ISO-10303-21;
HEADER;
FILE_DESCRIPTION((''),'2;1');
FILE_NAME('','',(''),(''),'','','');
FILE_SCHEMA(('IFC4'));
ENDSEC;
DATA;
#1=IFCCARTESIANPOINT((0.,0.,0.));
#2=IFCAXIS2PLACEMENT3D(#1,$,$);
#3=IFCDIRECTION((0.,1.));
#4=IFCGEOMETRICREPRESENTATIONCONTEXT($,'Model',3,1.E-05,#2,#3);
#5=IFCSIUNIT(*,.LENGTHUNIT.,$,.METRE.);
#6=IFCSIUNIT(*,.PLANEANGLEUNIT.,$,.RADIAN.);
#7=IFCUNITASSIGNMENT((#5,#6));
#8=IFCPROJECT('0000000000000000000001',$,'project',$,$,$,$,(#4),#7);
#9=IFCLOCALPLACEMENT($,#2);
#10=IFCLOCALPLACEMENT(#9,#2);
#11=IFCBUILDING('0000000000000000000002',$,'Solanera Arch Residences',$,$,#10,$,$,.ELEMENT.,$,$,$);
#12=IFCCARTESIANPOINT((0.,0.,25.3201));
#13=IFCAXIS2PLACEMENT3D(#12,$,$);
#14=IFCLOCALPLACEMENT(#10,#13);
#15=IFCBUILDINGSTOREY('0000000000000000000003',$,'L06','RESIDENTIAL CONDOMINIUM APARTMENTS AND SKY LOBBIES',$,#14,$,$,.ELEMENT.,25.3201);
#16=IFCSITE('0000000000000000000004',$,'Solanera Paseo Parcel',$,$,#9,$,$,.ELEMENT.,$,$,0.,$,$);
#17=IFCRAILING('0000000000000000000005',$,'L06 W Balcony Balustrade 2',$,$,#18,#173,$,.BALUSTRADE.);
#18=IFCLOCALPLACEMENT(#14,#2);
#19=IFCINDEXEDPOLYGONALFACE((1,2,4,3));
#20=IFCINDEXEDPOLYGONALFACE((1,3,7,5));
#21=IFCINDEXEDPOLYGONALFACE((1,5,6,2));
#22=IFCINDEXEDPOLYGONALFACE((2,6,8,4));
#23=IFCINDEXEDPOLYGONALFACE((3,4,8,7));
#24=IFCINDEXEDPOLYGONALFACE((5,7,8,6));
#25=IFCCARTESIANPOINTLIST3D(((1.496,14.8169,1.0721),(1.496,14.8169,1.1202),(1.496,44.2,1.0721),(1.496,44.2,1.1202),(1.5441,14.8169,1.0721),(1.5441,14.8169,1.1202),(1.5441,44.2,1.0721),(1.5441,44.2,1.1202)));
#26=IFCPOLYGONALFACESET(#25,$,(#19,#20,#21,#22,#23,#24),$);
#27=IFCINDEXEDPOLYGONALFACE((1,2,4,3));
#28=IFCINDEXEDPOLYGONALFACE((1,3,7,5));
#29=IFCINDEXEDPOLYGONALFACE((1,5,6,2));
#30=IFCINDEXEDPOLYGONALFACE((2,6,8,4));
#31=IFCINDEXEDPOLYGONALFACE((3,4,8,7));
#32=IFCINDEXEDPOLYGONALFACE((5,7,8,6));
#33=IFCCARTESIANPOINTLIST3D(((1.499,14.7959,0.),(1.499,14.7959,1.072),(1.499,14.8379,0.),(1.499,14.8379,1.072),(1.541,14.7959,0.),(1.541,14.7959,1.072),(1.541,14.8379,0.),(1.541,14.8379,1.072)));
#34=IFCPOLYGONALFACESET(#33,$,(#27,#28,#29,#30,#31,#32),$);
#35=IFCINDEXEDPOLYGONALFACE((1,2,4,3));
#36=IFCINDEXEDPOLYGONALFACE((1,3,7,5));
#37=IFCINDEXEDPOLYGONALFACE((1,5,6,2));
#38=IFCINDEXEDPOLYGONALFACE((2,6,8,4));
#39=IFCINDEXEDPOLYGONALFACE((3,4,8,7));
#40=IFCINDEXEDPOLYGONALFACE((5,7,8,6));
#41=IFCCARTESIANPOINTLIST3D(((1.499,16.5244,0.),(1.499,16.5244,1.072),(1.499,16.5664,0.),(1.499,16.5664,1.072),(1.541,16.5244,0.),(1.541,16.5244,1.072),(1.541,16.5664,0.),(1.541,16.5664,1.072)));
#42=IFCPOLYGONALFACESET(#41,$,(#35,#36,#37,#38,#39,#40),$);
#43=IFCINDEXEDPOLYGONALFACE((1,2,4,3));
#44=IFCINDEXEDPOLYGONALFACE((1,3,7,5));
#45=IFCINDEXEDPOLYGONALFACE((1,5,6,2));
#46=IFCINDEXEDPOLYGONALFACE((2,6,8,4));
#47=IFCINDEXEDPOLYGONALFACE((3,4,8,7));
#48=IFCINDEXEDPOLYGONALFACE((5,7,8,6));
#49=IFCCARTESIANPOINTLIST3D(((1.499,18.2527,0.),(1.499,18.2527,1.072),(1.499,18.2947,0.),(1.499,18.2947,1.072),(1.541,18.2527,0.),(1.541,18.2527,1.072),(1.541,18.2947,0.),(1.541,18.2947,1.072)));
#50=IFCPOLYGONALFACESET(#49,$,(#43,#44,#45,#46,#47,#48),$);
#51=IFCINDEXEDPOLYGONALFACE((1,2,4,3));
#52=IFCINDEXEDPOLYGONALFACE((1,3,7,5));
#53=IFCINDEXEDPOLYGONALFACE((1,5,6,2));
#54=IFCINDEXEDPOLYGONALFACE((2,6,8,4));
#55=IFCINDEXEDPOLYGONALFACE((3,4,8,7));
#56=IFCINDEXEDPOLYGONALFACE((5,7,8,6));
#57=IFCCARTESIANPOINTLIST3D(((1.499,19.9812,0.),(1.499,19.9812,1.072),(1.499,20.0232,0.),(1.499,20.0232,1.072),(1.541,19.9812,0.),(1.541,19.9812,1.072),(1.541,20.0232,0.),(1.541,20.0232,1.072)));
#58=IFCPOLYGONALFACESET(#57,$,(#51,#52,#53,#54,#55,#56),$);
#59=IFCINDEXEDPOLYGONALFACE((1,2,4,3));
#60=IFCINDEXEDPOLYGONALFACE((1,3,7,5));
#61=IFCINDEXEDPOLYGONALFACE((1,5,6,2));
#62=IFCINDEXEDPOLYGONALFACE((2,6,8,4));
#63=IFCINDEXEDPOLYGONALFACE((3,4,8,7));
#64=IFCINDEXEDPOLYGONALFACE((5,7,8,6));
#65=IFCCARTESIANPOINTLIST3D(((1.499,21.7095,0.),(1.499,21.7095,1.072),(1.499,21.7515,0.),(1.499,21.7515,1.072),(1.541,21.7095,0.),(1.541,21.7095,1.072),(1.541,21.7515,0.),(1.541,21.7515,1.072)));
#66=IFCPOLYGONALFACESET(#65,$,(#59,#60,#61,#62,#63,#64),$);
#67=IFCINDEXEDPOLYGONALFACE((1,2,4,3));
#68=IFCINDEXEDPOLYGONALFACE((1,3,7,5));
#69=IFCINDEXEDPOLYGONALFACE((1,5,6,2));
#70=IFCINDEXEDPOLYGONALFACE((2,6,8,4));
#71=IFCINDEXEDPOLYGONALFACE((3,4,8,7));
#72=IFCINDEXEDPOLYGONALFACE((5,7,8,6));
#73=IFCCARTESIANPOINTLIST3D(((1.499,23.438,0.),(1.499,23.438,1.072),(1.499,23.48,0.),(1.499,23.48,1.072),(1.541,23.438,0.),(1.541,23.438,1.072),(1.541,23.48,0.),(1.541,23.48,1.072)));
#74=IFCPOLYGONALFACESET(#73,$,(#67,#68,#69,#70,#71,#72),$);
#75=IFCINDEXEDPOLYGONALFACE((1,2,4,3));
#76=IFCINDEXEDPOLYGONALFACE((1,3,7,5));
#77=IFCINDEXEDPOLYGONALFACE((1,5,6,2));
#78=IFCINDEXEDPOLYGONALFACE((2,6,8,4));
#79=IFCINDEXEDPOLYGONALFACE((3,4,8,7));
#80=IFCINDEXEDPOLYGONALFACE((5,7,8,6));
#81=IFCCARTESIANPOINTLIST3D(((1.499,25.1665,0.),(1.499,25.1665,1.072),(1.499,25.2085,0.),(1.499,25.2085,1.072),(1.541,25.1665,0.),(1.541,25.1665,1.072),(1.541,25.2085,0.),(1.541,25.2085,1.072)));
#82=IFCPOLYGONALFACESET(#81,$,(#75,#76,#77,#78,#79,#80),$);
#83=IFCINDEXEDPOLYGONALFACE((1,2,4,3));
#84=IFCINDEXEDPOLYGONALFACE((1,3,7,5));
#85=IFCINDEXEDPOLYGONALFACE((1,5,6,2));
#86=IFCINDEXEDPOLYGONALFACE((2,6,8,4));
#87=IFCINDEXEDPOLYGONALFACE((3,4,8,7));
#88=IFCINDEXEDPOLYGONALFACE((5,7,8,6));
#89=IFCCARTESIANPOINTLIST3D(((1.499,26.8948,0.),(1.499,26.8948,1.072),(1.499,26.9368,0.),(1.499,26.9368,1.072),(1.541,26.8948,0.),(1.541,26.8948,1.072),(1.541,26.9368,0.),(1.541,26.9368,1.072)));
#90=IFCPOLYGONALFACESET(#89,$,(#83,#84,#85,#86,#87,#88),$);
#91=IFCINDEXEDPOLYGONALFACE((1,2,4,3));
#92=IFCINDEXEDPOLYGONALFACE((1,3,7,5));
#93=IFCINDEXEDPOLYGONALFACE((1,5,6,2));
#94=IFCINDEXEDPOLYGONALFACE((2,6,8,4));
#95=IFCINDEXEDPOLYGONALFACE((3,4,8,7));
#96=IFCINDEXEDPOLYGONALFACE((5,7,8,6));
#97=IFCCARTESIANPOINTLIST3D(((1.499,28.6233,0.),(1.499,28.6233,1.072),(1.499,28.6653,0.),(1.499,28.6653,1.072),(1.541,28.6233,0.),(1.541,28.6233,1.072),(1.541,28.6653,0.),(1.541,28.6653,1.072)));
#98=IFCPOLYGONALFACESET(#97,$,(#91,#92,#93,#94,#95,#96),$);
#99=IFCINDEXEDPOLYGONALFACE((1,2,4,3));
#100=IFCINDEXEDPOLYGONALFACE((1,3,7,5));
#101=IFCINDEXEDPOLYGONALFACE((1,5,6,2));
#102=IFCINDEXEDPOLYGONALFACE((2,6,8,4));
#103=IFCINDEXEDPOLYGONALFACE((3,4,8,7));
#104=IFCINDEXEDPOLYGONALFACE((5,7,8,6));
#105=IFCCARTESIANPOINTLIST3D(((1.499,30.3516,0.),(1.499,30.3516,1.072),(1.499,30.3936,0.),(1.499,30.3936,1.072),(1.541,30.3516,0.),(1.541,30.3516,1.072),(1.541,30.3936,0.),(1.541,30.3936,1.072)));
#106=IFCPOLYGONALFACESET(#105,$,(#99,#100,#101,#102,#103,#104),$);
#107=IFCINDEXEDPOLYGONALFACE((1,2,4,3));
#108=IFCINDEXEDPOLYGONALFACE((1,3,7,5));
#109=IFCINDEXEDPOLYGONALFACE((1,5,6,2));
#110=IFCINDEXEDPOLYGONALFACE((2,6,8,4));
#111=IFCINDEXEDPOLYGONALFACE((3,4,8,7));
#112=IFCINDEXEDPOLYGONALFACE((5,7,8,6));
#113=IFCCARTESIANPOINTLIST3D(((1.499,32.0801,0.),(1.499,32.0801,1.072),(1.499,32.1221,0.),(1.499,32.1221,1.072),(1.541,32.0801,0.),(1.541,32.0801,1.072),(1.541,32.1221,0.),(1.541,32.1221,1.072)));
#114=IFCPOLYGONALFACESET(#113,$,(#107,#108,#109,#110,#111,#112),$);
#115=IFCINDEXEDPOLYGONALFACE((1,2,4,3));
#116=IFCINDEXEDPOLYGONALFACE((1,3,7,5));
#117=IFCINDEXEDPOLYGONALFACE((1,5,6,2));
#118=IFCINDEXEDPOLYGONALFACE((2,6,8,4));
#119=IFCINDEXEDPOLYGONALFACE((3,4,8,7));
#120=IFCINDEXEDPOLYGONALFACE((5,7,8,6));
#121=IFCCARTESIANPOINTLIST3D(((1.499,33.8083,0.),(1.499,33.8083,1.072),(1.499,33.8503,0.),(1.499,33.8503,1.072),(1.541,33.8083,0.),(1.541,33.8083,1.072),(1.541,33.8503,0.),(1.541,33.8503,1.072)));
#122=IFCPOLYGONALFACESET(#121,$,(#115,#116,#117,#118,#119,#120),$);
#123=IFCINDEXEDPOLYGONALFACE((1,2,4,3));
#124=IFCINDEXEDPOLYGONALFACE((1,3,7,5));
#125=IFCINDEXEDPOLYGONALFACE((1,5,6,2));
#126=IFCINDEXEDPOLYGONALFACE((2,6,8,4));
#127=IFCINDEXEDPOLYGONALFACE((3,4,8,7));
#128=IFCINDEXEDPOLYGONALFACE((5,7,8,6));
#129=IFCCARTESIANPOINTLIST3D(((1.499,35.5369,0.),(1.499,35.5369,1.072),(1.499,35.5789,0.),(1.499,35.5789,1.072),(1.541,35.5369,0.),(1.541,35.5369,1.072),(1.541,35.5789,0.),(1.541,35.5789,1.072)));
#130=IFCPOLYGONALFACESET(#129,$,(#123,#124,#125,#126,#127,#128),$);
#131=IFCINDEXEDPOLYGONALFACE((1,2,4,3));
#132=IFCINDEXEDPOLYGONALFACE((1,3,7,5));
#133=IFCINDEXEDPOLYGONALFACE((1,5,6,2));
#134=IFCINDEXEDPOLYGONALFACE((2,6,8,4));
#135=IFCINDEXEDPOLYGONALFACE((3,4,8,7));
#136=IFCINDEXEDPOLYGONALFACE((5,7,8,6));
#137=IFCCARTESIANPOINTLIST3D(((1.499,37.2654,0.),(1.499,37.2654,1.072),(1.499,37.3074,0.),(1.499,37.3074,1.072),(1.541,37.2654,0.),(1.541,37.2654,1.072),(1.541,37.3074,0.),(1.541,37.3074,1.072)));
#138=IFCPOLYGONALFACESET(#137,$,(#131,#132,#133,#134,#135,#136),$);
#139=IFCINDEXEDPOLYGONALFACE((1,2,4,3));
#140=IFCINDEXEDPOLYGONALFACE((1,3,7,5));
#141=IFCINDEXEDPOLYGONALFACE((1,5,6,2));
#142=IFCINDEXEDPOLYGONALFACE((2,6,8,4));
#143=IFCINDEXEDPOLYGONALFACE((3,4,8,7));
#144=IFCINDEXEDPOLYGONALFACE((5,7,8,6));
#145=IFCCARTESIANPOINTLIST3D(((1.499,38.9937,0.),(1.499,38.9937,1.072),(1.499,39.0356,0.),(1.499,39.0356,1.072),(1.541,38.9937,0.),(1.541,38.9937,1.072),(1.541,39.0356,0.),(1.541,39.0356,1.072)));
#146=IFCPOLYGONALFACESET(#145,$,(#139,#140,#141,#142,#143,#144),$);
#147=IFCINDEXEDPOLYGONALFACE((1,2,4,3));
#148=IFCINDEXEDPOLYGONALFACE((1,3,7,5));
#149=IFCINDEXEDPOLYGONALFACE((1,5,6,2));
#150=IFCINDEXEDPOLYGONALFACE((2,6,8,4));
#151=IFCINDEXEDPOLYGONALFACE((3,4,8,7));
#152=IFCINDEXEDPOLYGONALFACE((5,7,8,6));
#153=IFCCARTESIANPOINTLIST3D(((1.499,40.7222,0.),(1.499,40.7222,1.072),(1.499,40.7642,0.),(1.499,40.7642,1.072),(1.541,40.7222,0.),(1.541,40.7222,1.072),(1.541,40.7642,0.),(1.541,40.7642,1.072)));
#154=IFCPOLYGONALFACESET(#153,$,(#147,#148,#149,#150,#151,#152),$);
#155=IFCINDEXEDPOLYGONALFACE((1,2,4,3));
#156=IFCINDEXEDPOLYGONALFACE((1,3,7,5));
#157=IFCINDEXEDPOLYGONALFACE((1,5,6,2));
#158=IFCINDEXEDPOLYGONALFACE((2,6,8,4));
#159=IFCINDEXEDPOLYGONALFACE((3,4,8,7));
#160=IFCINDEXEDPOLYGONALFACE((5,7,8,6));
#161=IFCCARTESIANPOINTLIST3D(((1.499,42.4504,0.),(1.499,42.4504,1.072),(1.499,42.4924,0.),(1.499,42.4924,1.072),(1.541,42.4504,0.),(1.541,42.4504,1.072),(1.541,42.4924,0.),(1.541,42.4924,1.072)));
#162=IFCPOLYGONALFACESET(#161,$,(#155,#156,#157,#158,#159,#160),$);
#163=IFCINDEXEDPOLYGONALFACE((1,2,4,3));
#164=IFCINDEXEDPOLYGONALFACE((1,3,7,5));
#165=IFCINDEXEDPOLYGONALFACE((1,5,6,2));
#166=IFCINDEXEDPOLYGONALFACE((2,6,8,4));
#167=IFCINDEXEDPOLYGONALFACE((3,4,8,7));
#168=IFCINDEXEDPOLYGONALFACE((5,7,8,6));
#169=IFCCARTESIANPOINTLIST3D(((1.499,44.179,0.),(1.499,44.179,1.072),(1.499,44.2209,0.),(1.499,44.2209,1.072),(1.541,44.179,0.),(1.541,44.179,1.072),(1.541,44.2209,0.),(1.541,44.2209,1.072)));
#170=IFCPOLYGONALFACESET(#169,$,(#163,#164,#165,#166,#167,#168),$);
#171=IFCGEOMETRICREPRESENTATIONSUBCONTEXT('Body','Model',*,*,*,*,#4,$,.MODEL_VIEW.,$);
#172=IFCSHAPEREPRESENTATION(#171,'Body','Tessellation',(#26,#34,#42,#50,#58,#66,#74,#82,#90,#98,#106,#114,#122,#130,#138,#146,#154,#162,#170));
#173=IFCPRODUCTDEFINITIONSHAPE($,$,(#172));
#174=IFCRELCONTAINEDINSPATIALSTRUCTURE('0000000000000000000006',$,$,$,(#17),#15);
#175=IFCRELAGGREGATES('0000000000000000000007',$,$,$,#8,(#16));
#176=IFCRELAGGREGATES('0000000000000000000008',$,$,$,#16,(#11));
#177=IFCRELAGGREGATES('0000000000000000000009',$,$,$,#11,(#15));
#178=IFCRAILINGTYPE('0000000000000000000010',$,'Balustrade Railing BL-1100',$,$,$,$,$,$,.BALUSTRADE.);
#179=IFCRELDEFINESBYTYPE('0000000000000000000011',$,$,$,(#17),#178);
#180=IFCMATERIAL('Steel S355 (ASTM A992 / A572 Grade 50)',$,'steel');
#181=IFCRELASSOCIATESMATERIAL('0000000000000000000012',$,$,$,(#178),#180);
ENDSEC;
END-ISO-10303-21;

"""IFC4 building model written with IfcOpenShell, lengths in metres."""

from ifc_helpers import new_model, si_unit, direction, frame, origin, origin_2d, place, context, subcontext, project, spatial, rectangle, extrude, material, type_object, element, save


model = new_model("IFC4")

# Units and contexts
model_context = context("Model", 3, precision=1e-05, world=origin(), true_north=direction((0.0, 1.0)))
body_context = subcontext(model_context, "Body", "Model", "MODEL_VIEW")
ifc_project = project(units=[si_unit("LENGTHUNIT", "METRE"), si_unit("PLANEANGLEUNIT", "RADIAN")], contexts=[model_context])

# Site, building, storey
site_placement = place(None, origin())
site = spatial("IfcSite", under=ifc_project, at=site_placement, Name="Solanera Paseo Parcel", CompositionType="ELEMENT", RefElevation=0.0)
building_placement = place(site_placement, origin())
building = spatial("IfcBuilding", under=site, at=building_placement, Name="Solanera Arch Residences", CompositionType="ELEMENT")
storey_placement = place(building_placement, frame((0.0, 0.0, 25.3201)))
storey = spatial("IfcBuildingStorey", under=building, at=storey_placement, Name="L06", Description="RESIDENTIAL CONDOMINIUM APARTMENTS AND SKY LOBBIES", CompositionType="ELEMENT", Elevation=25.3201)

# Railing
ifc_material_1 = material(Name="Steel S355 (ASTM A992 / A572 Grade 50)", Category="steel")
railing_type = type_object("IfcRailingType", Name="Balustrade Railing BL-1100", PredefinedType="BALUSTRADE", material=ifc_material_1)
railing_placement = place(storey_placement, frame((1.52, 14.8169, 0.0)))
element("IfcRailing", 1, at=railing_placement, inside=storey, type_object=railing_type, Name="L06 W Balcony Balustrade 2", PredefinedType="BALUSTRADE", context=body_context, shape_type="SweptSolid", body=[
    extrude(rectangle(XDim=0.0481, YDim=0.0481, at=origin_2d()), frame((0.0, 0.0, 1.0962), z_axis=(0.0, 1.0, 0.0), x_axis=(-1.0, 0.0, 0.0)), (0.0, 0.0, 1.0), 29.3831),
    extrude(rectangle(XDim=0.042, YDim=0.042, at=origin_2d()), origin(), (0.0, 0.0, 1.0), 1.072),
    extrude(rectangle(XDim=0.042, YDim=0.042, at=origin_2d()), frame((0.0, 1.7285, 0.0)), (0.0, 0.0, 1.0), 1.072),
    extrude(rectangle(XDim=0.042, YDim=0.042, at=origin_2d()), frame((0.0, 3.4568, 0.0)), (0.0, 0.0, 1.0), 1.072),
    extrude(rectangle(XDim=0.042, YDim=0.042, at=origin_2d()), frame((0.0, 5.1853, 0.0)), (0.0, 0.0, 1.0), 1.072),
    extrude(rectangle(XDim=0.042, YDim=0.042, at=origin_2d()), frame((0.0, 6.9136, 0.0)), (0.0, 0.0, 1.0), 1.072),
    extrude(rectangle(XDim=0.042, YDim=0.042, at=origin_2d()), frame((0.0, 8.6421, 0.0)), (0.0, 0.0, 1.0), 1.072),
    extrude(rectangle(XDim=0.042, YDim=0.042, at=origin_2d()), frame((0.0, 10.3706, 0.0)), (0.0, 0.0, 1.0), 1.072),
    extrude(rectangle(XDim=0.042, YDim=0.042, at=origin_2d()), frame((0.0, 12.0989, 0.0)), (0.0, 0.0, 1.0), 1.072),
    extrude(rectangle(XDim=0.042, YDim=0.042, at=origin_2d()), frame((0.0, 13.8274, 0.0)), (0.0, 0.0, 1.0), 1.072),
    extrude(rectangle(XDim=0.042, YDim=0.042, at=origin_2d()), frame((0.0, 15.5557, 0.0)), (0.0, 0.0, 1.0), 1.072),
    extrude(rectangle(XDim=0.042, YDim=0.042, at=origin_2d()), frame((0.0, 17.2842, 0.0)), (0.0, 0.0, 1.0), 1.072),
    extrude(rectangle(XDim=0.042, YDim=0.042, at=origin_2d()), frame((0.0, 19.0125, 0.0)), (0.0, 0.0, 1.0), 1.072),
    extrude(rectangle(XDim=0.042, YDim=0.042, at=origin_2d()), frame((0.0, 20.741, 0.0)), (0.0, 0.0, 1.0), 1.072),
    extrude(rectangle(XDim=0.042, YDim=0.042, at=origin_2d()), frame((0.0, 22.4695, 0.0)), (0.0, 0.0, 1.0), 1.072),
    extrude(rectangle(XDim=0.042, YDim=0.042, at=origin_2d()), frame((0.0, 24.1978, 0.0)), (0.0, 0.0, 1.0), 1.072),
    extrude(rectangle(XDim=0.042, YDim=0.042, at=origin_2d()), frame((0.0, 25.9263, 0.0)), (0.0, 0.0, 1.0), 1.072),
    extrude(rectangle(XDim=0.042, YDim=0.042, at=origin_2d()), frame((0.0, 27.6545, 0.0)), (0.0, 0.0, 1.0), 1.072),
    extrude(rectangle(XDim=0.042, YDim=0.042, at=origin_2d()), frame((0.0, 29.3831, 0.0)), (0.0, 0.0, 1.0), 1.072),
])

save(model, "model.ifc")
